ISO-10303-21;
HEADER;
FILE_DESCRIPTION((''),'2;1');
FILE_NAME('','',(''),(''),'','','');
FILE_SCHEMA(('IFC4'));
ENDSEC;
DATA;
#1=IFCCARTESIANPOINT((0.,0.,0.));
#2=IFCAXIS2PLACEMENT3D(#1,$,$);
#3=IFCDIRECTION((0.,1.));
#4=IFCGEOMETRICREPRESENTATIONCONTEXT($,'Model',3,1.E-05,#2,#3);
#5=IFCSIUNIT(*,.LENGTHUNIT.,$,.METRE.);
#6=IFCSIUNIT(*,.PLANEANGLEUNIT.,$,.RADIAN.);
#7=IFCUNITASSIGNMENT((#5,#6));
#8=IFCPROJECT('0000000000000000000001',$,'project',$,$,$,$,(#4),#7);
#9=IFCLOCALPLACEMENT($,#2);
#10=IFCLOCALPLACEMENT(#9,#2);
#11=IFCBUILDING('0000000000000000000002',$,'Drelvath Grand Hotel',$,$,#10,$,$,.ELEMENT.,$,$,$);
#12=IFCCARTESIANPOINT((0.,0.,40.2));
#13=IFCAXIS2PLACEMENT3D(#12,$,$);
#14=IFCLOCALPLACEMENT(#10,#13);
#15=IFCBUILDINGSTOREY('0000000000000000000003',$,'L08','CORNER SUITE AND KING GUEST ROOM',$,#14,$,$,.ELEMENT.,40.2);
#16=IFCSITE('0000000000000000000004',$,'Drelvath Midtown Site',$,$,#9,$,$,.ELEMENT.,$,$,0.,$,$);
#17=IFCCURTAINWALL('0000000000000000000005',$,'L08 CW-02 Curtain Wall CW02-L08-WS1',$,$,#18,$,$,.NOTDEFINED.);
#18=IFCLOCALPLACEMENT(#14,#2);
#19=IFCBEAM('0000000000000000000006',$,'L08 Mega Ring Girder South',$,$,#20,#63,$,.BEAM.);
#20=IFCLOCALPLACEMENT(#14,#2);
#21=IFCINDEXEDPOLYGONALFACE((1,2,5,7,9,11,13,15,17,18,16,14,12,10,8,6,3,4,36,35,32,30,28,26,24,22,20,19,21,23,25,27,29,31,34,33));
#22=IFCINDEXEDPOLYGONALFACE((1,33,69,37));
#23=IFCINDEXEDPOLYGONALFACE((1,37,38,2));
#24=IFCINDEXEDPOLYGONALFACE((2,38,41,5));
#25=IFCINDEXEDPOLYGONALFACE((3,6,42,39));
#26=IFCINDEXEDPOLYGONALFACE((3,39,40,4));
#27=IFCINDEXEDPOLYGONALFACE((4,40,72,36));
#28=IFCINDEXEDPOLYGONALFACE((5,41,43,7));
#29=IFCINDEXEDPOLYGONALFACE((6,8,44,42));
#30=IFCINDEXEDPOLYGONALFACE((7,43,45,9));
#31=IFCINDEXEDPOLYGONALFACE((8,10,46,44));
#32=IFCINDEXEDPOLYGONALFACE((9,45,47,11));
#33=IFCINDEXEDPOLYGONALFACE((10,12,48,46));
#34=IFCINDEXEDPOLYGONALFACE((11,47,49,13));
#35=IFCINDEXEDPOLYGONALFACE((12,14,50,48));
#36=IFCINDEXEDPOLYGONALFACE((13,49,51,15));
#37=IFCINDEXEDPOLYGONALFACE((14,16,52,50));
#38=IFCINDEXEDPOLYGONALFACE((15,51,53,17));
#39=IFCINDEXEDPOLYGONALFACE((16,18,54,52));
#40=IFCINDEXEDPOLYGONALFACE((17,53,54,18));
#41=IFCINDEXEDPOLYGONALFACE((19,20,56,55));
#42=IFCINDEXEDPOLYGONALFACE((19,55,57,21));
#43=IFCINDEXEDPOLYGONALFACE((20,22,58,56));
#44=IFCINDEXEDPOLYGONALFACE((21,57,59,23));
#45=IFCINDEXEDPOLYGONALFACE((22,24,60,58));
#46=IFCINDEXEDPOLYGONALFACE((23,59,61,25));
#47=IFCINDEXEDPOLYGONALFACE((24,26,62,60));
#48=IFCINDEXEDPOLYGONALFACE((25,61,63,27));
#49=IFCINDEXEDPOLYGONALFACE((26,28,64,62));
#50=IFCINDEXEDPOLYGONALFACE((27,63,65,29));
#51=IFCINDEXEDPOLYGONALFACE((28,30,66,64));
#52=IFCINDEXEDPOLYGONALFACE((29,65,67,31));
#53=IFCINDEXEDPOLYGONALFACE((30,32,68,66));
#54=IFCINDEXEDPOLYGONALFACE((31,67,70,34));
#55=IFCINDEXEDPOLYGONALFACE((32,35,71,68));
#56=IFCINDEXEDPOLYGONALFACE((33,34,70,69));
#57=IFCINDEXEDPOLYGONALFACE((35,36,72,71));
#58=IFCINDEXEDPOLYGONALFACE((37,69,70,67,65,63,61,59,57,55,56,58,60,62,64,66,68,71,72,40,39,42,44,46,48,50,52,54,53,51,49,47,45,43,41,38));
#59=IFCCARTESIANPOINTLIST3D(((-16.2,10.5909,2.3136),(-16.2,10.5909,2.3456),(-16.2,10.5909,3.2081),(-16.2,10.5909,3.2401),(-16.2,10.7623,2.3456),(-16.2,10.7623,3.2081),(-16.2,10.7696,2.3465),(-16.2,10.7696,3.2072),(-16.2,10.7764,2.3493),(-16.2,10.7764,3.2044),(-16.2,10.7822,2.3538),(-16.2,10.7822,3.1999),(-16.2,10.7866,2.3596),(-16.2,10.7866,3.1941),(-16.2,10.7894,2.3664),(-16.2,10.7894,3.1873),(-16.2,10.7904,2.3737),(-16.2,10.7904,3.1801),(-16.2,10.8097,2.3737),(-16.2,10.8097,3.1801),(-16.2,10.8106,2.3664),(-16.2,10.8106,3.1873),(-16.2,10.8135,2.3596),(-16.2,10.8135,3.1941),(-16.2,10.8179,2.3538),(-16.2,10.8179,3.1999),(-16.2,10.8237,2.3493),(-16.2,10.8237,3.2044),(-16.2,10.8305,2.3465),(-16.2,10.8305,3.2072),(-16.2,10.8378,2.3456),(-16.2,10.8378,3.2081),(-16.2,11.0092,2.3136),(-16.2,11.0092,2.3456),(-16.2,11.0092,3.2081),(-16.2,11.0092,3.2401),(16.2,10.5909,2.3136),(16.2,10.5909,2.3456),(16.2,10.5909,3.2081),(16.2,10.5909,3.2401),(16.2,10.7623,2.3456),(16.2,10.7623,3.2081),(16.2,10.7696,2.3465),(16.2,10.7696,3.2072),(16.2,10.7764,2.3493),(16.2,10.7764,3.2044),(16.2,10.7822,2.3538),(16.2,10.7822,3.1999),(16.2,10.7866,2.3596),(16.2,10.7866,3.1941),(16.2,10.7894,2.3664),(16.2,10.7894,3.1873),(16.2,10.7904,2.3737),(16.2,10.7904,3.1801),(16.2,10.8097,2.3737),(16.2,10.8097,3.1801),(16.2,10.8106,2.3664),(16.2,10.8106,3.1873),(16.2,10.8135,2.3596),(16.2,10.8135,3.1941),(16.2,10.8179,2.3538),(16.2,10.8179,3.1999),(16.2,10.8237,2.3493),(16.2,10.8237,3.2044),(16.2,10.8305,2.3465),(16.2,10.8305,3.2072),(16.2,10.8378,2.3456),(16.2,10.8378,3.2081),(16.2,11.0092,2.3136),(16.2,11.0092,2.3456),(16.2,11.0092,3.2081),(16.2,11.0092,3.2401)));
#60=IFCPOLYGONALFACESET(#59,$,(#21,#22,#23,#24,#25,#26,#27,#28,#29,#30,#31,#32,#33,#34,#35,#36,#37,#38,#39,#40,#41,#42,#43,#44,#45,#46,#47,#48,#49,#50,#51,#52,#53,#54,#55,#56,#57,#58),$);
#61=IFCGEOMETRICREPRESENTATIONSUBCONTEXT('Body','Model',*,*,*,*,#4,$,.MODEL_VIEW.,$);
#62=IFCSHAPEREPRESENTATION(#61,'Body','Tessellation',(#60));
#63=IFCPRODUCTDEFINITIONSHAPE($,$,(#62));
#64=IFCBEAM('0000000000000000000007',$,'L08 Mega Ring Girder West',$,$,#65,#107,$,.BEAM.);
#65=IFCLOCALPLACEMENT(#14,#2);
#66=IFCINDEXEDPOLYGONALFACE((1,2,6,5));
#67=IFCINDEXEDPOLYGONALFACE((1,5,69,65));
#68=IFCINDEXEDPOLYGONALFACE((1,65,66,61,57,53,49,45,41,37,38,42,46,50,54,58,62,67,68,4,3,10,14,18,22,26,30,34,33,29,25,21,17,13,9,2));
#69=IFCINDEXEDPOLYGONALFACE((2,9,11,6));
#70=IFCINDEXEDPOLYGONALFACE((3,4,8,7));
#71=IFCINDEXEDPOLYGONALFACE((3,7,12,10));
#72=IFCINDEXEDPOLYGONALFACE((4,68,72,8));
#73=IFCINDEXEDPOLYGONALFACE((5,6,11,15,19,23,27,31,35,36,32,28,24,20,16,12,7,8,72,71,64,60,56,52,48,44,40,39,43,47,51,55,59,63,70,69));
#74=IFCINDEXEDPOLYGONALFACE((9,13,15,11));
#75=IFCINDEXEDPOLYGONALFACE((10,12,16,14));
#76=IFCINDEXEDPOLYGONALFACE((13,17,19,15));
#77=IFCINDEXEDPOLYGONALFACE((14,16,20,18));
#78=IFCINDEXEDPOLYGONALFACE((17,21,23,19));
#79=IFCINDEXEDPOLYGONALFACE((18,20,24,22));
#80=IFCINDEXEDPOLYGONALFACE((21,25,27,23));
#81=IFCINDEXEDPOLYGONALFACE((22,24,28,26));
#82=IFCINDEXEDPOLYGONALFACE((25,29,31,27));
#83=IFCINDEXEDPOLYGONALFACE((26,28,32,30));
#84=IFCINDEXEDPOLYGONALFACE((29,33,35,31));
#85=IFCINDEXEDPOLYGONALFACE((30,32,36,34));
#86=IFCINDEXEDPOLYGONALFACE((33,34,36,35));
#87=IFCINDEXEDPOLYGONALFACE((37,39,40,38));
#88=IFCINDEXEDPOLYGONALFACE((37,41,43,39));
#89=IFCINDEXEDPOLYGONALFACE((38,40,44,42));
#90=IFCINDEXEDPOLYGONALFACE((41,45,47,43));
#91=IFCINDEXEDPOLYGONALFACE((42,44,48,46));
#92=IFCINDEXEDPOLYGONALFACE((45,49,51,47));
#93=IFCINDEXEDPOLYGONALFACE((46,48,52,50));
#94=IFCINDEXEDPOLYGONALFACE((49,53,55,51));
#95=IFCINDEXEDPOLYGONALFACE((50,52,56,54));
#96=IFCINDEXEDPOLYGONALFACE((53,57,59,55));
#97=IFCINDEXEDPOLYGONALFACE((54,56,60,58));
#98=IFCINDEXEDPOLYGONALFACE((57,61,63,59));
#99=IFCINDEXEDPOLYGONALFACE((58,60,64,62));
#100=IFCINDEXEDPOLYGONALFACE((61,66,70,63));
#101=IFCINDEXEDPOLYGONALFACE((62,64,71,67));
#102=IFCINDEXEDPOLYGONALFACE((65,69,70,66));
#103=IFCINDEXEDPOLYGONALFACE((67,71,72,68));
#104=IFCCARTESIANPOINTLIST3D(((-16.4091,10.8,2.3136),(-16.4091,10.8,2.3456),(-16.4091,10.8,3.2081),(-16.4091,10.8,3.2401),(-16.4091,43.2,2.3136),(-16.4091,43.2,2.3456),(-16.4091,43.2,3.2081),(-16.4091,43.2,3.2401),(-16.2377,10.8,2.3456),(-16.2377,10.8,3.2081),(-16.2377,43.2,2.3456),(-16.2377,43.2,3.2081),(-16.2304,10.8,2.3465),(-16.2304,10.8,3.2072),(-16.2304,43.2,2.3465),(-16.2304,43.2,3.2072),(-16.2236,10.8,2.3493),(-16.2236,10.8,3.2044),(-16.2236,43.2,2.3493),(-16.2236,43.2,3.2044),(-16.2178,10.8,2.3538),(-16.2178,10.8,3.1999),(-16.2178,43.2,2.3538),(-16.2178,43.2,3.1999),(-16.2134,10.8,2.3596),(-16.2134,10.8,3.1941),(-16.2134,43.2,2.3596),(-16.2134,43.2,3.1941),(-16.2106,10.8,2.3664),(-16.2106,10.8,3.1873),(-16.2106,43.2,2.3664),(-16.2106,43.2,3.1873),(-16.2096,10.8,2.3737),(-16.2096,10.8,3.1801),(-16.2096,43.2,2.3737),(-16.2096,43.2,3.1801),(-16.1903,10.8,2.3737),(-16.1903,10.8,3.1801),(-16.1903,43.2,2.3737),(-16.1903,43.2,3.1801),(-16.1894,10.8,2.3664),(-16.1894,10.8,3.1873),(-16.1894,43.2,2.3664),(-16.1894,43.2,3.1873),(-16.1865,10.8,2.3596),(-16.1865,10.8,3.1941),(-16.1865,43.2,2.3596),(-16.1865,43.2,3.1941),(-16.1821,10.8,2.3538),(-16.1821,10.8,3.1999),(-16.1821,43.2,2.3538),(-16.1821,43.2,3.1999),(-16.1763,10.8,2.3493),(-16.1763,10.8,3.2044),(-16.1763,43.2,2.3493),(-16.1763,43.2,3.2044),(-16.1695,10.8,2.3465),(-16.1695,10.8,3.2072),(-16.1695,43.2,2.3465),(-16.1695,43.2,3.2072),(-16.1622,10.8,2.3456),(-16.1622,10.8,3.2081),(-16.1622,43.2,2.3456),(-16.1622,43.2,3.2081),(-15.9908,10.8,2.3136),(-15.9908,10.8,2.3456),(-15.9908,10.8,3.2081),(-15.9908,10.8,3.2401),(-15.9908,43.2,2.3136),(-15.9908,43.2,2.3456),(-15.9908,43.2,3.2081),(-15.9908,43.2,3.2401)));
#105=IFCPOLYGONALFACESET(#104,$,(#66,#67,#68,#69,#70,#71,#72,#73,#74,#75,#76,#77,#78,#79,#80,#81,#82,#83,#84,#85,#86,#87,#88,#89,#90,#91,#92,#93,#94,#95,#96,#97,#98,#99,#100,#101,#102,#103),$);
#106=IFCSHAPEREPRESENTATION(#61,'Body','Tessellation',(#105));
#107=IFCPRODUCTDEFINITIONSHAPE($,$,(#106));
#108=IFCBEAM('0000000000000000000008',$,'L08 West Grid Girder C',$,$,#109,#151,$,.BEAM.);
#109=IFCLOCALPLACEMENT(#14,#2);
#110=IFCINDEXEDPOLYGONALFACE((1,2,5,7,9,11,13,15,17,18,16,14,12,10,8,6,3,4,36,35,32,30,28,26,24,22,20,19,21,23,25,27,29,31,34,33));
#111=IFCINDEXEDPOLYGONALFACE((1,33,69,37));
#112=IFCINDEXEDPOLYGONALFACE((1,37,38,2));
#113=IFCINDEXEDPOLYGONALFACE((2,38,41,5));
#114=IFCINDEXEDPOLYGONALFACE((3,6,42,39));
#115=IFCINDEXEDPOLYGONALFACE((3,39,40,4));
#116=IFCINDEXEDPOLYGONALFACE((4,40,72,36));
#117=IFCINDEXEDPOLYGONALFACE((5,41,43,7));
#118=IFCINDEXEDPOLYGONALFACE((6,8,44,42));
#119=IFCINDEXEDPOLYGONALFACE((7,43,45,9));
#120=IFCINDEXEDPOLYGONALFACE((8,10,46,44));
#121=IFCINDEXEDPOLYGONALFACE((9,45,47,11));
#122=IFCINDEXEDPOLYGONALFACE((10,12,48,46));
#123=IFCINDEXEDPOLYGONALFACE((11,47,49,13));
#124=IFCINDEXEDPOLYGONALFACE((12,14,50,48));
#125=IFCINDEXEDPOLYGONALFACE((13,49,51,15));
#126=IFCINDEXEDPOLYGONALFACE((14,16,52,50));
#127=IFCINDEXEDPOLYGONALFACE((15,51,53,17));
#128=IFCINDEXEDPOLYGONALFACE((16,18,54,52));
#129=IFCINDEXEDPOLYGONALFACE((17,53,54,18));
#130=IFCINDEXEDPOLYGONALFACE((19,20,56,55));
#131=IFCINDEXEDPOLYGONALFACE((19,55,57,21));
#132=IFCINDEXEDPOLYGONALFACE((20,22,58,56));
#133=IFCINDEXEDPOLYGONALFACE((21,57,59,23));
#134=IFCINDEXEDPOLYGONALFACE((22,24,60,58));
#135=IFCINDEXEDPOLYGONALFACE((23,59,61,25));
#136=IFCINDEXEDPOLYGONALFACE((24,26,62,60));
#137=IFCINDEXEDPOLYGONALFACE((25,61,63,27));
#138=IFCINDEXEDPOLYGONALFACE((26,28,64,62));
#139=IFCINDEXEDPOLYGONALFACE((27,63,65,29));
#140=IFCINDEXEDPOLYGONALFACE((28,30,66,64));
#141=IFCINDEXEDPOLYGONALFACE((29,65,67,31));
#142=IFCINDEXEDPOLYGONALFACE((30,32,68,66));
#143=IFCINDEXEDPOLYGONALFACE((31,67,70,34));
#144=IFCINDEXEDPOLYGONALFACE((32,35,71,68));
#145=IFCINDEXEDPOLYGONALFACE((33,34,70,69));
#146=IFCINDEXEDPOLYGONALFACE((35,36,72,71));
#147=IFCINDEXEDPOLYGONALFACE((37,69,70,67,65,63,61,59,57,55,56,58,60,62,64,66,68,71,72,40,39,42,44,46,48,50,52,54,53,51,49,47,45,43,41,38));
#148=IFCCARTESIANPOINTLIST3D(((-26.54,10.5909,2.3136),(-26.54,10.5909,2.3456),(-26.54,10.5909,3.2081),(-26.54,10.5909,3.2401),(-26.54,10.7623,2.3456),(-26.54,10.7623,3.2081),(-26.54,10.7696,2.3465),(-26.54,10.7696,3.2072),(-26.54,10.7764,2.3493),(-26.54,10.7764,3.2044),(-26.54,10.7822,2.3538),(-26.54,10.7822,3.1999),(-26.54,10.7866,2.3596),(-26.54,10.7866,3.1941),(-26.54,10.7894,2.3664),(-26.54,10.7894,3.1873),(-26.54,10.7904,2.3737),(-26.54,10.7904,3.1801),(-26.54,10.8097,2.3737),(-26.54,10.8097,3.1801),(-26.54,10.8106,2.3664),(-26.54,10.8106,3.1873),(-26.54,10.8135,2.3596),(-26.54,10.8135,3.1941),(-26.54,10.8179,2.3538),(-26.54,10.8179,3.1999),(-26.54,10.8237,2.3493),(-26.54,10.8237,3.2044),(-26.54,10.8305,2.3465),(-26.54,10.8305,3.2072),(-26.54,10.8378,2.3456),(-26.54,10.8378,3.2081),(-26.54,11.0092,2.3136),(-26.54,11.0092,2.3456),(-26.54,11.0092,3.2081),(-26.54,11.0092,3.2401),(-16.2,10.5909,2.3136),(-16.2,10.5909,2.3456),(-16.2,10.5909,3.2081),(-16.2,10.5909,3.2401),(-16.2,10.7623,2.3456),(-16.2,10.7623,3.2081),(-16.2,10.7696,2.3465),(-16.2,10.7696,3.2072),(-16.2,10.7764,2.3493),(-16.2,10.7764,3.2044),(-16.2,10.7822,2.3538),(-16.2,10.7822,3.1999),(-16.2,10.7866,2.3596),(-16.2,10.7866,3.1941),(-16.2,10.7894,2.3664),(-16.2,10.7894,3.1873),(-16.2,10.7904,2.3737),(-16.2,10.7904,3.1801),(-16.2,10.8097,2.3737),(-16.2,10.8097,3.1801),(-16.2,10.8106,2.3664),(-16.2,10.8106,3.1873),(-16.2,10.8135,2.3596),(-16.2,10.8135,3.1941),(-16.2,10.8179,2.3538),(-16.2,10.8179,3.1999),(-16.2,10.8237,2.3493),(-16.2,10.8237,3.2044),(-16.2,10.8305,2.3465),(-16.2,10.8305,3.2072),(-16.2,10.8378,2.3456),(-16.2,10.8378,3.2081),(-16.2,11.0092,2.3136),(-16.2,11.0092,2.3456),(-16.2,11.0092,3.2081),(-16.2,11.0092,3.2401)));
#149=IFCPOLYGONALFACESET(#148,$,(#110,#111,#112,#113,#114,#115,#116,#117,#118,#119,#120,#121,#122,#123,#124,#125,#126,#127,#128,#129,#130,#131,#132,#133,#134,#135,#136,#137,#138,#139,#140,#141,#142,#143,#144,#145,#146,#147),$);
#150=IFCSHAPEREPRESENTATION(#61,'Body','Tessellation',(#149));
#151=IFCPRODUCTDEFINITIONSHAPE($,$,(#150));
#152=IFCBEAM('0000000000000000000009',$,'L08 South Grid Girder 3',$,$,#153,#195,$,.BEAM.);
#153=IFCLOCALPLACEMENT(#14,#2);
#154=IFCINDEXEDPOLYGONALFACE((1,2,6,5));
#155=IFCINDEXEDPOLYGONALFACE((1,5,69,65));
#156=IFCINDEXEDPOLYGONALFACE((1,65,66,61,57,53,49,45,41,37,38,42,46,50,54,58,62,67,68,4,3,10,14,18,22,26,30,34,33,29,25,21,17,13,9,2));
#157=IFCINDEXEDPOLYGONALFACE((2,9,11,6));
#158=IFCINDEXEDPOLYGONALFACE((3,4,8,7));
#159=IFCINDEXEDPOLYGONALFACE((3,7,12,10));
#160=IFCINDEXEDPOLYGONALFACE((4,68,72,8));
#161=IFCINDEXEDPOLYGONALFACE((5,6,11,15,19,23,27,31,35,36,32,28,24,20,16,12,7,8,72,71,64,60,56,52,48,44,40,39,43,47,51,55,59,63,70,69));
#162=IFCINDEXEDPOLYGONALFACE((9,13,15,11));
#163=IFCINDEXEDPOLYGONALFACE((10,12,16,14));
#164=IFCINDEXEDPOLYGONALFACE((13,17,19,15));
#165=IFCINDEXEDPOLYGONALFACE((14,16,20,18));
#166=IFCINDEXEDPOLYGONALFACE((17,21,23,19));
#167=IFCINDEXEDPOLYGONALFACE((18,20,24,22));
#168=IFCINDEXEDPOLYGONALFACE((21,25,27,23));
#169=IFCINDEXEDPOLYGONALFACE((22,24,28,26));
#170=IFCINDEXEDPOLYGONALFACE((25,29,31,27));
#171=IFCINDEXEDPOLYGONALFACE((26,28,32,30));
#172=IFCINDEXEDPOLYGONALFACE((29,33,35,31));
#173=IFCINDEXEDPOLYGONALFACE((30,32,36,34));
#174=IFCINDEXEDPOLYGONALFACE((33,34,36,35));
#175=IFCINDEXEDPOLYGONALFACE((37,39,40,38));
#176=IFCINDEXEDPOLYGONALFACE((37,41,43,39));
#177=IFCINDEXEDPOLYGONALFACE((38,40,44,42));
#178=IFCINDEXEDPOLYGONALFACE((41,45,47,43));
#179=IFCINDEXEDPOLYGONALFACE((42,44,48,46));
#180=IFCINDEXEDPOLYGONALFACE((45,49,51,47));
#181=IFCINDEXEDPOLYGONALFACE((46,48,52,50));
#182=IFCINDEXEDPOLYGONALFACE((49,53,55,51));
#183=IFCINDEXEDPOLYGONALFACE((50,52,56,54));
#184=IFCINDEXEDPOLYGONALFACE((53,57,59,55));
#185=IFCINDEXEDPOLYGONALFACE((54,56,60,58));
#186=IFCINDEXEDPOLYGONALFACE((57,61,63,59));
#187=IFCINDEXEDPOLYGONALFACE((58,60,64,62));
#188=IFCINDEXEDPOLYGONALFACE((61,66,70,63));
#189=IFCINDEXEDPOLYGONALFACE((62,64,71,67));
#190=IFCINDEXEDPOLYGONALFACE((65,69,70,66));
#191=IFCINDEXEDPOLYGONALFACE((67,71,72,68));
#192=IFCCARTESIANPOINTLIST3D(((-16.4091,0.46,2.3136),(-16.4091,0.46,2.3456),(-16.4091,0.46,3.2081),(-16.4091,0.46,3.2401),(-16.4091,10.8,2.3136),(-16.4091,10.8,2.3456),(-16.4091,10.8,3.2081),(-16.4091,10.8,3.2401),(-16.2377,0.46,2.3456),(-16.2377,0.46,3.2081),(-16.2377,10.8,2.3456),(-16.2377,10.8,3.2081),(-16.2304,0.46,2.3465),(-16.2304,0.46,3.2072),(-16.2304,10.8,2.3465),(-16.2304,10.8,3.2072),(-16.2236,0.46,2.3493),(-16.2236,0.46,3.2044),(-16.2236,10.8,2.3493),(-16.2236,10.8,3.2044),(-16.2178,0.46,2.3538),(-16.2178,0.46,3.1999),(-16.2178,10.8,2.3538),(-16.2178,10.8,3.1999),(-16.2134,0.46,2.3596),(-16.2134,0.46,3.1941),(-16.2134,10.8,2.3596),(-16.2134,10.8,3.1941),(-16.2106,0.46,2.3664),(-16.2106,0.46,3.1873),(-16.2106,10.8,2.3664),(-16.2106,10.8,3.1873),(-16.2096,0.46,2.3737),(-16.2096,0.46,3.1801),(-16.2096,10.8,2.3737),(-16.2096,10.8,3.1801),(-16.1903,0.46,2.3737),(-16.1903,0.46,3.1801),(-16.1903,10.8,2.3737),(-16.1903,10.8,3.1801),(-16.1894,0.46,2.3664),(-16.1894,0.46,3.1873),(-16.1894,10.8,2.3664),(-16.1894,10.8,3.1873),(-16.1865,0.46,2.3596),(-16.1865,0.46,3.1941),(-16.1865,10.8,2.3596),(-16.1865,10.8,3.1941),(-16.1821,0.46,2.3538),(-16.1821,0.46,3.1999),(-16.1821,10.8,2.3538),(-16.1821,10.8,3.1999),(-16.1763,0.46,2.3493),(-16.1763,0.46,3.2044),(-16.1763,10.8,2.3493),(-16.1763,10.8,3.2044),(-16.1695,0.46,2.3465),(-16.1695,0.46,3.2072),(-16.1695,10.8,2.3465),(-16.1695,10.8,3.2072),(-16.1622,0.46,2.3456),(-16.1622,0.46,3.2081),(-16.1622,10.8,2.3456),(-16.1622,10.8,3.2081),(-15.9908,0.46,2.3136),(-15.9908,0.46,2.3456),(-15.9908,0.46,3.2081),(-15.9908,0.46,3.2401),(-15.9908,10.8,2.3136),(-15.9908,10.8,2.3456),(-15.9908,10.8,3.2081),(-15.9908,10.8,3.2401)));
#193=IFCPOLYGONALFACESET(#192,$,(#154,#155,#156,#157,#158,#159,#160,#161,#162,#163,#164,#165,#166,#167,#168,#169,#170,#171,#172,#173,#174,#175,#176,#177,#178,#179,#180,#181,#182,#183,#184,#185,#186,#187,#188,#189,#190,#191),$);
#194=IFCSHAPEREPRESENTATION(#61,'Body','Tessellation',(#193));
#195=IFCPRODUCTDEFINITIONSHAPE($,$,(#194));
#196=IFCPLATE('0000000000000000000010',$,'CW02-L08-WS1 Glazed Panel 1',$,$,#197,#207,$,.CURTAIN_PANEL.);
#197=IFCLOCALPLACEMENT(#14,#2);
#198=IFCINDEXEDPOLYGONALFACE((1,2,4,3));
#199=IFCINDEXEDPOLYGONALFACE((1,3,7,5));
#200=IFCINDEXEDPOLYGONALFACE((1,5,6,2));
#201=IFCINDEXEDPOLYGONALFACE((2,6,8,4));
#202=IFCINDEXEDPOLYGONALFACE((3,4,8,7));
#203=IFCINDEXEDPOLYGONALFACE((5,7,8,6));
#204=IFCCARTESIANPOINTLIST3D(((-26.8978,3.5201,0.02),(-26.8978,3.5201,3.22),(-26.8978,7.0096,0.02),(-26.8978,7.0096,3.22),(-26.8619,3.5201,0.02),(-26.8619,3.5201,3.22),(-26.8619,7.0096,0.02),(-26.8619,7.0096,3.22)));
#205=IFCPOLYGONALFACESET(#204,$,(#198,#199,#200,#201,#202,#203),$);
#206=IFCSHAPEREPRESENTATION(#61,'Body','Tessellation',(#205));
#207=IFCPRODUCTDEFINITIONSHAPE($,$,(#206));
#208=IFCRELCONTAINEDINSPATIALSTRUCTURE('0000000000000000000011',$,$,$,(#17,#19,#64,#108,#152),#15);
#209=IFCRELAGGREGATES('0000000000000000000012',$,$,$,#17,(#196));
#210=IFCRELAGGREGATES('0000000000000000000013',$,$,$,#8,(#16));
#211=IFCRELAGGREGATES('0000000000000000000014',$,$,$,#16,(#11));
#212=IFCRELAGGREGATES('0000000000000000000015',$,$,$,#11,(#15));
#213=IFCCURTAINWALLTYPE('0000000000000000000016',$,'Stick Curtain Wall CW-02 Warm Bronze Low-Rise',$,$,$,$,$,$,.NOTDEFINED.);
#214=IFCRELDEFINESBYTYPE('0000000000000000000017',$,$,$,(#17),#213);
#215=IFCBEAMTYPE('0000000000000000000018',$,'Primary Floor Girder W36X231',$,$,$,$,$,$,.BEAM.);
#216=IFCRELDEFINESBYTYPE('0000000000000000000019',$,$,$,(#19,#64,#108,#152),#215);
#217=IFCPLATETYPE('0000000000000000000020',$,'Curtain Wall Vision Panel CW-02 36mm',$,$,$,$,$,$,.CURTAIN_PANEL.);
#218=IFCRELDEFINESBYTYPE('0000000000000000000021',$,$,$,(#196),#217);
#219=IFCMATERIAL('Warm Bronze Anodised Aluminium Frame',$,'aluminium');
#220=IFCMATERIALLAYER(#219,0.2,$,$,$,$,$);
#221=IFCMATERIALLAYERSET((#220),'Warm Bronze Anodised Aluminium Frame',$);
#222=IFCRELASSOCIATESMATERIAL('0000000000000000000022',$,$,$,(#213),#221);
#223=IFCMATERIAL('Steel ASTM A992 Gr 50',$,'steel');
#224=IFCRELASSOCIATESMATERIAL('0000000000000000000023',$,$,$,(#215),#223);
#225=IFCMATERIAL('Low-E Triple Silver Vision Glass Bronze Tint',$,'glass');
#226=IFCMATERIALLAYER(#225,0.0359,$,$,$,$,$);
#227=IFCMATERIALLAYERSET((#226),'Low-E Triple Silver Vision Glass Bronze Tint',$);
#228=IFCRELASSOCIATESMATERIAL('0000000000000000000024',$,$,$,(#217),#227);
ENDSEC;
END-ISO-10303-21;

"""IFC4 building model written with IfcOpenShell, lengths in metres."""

from ifc_helpers import new_model, si_unit, direction, frame, origin, origin_2d, place, context, subcontext, project, spatial, rectangle, i_section, extrude, material, layer, layer_set, material_profile, profile_set, type_object, element, aggregate, save


model = new_model("IFC4")

# Units and contexts
model_context = context("Model", 3, precision=1e-05, world=origin(), true_north=direction((0.0, 1.0)))
body_context = subcontext(model_context, "Body", "Model", "MODEL_VIEW")
ifc_project = project(units=[si_unit("LENGTHUNIT", "METRE"), si_unit("PLANEANGLEUNIT", "RADIAN")], contexts=[model_context])

# Site, building, storey
site_placement = place(None, origin())
site = spatial("IfcSite", under=ifc_project, at=site_placement, Name="Drelvath Midtown Site", CompositionType="ELEMENT", RefElevation=0.0)
building_placement = place(site_placement, origin())
building = spatial("IfcBuilding", under=site, at=building_placement, Name="Drelvath Grand Hotel", CompositionType="ELEMENT")
storey_placement = place(building_placement, frame((0.0, 0.0, 40.2)))
storey = spatial("IfcBuildingStorey", under=building, at=storey_placement, Name="L08", Description="CORNER SUITE AND KING GUEST ROOM", CompositionType="ELEMENT", Elevation=40.2)

# Curtain wall
ifc_material_1 = material(Name="Warm Bronze Anodised Aluminium Frame", Category="aluminium")
ifc_layer_1 = layer(ifc_material_1, 0.2)
ifc_layer_set_1 = layer_set([ifc_layer_1], Name="Warm Bronze Anodised Aluminium Frame")
curtain_wall_type = type_object("IfcCurtainWallType", Name="Stick Curtain Wall CW-02 Warm Bronze Low-Rise", PredefinedType="NOTDEFINED", material=ifc_layer_set_1)
curtain_wall_1_placement = place(storey_placement, origin())
curtain_wall_1 = element("IfcCurtainWall", 1, at=curtain_wall_1_placement, inside=storey, type_object=curtain_wall_type, Name="L08 CW-02 Curtain Wall CW02-L08-WS1", PredefinedType="NOTDEFINED")

# Beams
ifc_material_2 = material(Name="Steel ASTM A992 Gr 50", Category="steel")
ifc_material_profile_1 = material_profile(ifc_material_2, i_section(OverallWidth=0.4182, OverallDepth=0.9265, WebThickness=0.0193, FlangeThickness=0.032, FilletRadius=0.0281, at=origin_2d()), Name="W36X231")
ifc_profile_set_1 = profile_set([ifc_material_profile_1], Name="Steel ASTM A992 Gr 50")
beam_type_1 = type_object("IfcBeamType", Name="Primary Floor Girder W36X231", PredefinedType="BEAM", material=ifc_profile_set_1)
for number, where, z_axis, x_axis, name in (
    (2, (-16.2, 10.8, 2.7769), (1.0, 0.0, 0.0), (0.0, 1.0, 0.0), "L08 Mega Ring Girder South"),
    (3, (-16.2, 10.8, 2.7769), (0.0, 1.0, 0.0), (-1.0, 0.0, 0.0), "L08 Mega Ring Girder West"),
):
    element("IfcBeam", number, at=place(storey_placement, frame(where, z_axis=z_axis, x_axis=x_axis)), inside=storey, type_object=beam_type_1, Name=name, PredefinedType="BEAM", context=body_context, shape_type="SweptSolid", body=[
        extrude(i_section(OverallWidth=0.4182, OverallDepth=0.9265, WebThickness=0.0193, FlangeThickness=0.032, FilletRadius=0.0281, at=origin_2d()), origin(), (0.0, 0.0, 1.0), 32.3999),
    ])
for number, where, z_axis, x_axis, name in (
    (4, (-26.54, 10.8, 2.7769), (1.0, 0.0, 0.0), (0.0, 1.0, 0.0), "L08 West Grid Girder C"),
    (5, (-16.2, 0.46, 2.7769), (0.0, 1.0, 0.0), (-1.0, 0.0, 0.0), "L08 South Grid Girder 3"),
):
    element("IfcBeam", number, at=place(storey_placement, frame(where, z_axis=z_axis, x_axis=x_axis)), inside=storey, type_object=beam_type_1, Name=name, PredefinedType="BEAM", context=body_context, shape_type="SweptSolid", body=[
        extrude(i_section(OverallWidth=0.4182, OverallDepth=0.9265, WebThickness=0.0193, FlangeThickness=0.032, FilletRadius=0.0281, at=origin_2d()), origin(), (0.0, 0.0, 1.0), 10.3401),
    ])

# Plate
ifc_material_3 = material(Name="Low-E Triple Silver Vision Glass Bronze Tint", Category="glass")
ifc_layer_2 = layer(ifc_material_3, 0.0359)
ifc_layer_set_2 = layer_set([ifc_layer_2], Name="Low-E Triple Silver Vision Glass Bronze Tint")
plate_type = type_object("IfcPlateType", Name="Curtain Wall Vision Panel CW-02 36mm", PredefinedType="CURTAIN_PANEL", material=ifc_layer_set_2)
plate_1_placement = place(storey_placement, frame((-26.8799, 5.2649, 0.02), z_axis=(0.0, 0.0, 1.0), x_axis=(0.0, 1.0, 0.0)))
plate_1 = element("IfcPlate", 6, at=plate_1_placement, type_object=plate_type, Name="CW02-L08-WS1 Glazed Panel 1", PredefinedType="CURTAIN_PANEL", context=body_context, shape_type="SweptSolid", body=[
    extrude(rectangle(XDim=3.4895, YDim=0.0359, at=origin_2d()), origin(), (0.0, 0.0, 1.0), 3.2),
])
aggregate(curtain_wall_1, [plate_1])

save(model, "model.ifc")
